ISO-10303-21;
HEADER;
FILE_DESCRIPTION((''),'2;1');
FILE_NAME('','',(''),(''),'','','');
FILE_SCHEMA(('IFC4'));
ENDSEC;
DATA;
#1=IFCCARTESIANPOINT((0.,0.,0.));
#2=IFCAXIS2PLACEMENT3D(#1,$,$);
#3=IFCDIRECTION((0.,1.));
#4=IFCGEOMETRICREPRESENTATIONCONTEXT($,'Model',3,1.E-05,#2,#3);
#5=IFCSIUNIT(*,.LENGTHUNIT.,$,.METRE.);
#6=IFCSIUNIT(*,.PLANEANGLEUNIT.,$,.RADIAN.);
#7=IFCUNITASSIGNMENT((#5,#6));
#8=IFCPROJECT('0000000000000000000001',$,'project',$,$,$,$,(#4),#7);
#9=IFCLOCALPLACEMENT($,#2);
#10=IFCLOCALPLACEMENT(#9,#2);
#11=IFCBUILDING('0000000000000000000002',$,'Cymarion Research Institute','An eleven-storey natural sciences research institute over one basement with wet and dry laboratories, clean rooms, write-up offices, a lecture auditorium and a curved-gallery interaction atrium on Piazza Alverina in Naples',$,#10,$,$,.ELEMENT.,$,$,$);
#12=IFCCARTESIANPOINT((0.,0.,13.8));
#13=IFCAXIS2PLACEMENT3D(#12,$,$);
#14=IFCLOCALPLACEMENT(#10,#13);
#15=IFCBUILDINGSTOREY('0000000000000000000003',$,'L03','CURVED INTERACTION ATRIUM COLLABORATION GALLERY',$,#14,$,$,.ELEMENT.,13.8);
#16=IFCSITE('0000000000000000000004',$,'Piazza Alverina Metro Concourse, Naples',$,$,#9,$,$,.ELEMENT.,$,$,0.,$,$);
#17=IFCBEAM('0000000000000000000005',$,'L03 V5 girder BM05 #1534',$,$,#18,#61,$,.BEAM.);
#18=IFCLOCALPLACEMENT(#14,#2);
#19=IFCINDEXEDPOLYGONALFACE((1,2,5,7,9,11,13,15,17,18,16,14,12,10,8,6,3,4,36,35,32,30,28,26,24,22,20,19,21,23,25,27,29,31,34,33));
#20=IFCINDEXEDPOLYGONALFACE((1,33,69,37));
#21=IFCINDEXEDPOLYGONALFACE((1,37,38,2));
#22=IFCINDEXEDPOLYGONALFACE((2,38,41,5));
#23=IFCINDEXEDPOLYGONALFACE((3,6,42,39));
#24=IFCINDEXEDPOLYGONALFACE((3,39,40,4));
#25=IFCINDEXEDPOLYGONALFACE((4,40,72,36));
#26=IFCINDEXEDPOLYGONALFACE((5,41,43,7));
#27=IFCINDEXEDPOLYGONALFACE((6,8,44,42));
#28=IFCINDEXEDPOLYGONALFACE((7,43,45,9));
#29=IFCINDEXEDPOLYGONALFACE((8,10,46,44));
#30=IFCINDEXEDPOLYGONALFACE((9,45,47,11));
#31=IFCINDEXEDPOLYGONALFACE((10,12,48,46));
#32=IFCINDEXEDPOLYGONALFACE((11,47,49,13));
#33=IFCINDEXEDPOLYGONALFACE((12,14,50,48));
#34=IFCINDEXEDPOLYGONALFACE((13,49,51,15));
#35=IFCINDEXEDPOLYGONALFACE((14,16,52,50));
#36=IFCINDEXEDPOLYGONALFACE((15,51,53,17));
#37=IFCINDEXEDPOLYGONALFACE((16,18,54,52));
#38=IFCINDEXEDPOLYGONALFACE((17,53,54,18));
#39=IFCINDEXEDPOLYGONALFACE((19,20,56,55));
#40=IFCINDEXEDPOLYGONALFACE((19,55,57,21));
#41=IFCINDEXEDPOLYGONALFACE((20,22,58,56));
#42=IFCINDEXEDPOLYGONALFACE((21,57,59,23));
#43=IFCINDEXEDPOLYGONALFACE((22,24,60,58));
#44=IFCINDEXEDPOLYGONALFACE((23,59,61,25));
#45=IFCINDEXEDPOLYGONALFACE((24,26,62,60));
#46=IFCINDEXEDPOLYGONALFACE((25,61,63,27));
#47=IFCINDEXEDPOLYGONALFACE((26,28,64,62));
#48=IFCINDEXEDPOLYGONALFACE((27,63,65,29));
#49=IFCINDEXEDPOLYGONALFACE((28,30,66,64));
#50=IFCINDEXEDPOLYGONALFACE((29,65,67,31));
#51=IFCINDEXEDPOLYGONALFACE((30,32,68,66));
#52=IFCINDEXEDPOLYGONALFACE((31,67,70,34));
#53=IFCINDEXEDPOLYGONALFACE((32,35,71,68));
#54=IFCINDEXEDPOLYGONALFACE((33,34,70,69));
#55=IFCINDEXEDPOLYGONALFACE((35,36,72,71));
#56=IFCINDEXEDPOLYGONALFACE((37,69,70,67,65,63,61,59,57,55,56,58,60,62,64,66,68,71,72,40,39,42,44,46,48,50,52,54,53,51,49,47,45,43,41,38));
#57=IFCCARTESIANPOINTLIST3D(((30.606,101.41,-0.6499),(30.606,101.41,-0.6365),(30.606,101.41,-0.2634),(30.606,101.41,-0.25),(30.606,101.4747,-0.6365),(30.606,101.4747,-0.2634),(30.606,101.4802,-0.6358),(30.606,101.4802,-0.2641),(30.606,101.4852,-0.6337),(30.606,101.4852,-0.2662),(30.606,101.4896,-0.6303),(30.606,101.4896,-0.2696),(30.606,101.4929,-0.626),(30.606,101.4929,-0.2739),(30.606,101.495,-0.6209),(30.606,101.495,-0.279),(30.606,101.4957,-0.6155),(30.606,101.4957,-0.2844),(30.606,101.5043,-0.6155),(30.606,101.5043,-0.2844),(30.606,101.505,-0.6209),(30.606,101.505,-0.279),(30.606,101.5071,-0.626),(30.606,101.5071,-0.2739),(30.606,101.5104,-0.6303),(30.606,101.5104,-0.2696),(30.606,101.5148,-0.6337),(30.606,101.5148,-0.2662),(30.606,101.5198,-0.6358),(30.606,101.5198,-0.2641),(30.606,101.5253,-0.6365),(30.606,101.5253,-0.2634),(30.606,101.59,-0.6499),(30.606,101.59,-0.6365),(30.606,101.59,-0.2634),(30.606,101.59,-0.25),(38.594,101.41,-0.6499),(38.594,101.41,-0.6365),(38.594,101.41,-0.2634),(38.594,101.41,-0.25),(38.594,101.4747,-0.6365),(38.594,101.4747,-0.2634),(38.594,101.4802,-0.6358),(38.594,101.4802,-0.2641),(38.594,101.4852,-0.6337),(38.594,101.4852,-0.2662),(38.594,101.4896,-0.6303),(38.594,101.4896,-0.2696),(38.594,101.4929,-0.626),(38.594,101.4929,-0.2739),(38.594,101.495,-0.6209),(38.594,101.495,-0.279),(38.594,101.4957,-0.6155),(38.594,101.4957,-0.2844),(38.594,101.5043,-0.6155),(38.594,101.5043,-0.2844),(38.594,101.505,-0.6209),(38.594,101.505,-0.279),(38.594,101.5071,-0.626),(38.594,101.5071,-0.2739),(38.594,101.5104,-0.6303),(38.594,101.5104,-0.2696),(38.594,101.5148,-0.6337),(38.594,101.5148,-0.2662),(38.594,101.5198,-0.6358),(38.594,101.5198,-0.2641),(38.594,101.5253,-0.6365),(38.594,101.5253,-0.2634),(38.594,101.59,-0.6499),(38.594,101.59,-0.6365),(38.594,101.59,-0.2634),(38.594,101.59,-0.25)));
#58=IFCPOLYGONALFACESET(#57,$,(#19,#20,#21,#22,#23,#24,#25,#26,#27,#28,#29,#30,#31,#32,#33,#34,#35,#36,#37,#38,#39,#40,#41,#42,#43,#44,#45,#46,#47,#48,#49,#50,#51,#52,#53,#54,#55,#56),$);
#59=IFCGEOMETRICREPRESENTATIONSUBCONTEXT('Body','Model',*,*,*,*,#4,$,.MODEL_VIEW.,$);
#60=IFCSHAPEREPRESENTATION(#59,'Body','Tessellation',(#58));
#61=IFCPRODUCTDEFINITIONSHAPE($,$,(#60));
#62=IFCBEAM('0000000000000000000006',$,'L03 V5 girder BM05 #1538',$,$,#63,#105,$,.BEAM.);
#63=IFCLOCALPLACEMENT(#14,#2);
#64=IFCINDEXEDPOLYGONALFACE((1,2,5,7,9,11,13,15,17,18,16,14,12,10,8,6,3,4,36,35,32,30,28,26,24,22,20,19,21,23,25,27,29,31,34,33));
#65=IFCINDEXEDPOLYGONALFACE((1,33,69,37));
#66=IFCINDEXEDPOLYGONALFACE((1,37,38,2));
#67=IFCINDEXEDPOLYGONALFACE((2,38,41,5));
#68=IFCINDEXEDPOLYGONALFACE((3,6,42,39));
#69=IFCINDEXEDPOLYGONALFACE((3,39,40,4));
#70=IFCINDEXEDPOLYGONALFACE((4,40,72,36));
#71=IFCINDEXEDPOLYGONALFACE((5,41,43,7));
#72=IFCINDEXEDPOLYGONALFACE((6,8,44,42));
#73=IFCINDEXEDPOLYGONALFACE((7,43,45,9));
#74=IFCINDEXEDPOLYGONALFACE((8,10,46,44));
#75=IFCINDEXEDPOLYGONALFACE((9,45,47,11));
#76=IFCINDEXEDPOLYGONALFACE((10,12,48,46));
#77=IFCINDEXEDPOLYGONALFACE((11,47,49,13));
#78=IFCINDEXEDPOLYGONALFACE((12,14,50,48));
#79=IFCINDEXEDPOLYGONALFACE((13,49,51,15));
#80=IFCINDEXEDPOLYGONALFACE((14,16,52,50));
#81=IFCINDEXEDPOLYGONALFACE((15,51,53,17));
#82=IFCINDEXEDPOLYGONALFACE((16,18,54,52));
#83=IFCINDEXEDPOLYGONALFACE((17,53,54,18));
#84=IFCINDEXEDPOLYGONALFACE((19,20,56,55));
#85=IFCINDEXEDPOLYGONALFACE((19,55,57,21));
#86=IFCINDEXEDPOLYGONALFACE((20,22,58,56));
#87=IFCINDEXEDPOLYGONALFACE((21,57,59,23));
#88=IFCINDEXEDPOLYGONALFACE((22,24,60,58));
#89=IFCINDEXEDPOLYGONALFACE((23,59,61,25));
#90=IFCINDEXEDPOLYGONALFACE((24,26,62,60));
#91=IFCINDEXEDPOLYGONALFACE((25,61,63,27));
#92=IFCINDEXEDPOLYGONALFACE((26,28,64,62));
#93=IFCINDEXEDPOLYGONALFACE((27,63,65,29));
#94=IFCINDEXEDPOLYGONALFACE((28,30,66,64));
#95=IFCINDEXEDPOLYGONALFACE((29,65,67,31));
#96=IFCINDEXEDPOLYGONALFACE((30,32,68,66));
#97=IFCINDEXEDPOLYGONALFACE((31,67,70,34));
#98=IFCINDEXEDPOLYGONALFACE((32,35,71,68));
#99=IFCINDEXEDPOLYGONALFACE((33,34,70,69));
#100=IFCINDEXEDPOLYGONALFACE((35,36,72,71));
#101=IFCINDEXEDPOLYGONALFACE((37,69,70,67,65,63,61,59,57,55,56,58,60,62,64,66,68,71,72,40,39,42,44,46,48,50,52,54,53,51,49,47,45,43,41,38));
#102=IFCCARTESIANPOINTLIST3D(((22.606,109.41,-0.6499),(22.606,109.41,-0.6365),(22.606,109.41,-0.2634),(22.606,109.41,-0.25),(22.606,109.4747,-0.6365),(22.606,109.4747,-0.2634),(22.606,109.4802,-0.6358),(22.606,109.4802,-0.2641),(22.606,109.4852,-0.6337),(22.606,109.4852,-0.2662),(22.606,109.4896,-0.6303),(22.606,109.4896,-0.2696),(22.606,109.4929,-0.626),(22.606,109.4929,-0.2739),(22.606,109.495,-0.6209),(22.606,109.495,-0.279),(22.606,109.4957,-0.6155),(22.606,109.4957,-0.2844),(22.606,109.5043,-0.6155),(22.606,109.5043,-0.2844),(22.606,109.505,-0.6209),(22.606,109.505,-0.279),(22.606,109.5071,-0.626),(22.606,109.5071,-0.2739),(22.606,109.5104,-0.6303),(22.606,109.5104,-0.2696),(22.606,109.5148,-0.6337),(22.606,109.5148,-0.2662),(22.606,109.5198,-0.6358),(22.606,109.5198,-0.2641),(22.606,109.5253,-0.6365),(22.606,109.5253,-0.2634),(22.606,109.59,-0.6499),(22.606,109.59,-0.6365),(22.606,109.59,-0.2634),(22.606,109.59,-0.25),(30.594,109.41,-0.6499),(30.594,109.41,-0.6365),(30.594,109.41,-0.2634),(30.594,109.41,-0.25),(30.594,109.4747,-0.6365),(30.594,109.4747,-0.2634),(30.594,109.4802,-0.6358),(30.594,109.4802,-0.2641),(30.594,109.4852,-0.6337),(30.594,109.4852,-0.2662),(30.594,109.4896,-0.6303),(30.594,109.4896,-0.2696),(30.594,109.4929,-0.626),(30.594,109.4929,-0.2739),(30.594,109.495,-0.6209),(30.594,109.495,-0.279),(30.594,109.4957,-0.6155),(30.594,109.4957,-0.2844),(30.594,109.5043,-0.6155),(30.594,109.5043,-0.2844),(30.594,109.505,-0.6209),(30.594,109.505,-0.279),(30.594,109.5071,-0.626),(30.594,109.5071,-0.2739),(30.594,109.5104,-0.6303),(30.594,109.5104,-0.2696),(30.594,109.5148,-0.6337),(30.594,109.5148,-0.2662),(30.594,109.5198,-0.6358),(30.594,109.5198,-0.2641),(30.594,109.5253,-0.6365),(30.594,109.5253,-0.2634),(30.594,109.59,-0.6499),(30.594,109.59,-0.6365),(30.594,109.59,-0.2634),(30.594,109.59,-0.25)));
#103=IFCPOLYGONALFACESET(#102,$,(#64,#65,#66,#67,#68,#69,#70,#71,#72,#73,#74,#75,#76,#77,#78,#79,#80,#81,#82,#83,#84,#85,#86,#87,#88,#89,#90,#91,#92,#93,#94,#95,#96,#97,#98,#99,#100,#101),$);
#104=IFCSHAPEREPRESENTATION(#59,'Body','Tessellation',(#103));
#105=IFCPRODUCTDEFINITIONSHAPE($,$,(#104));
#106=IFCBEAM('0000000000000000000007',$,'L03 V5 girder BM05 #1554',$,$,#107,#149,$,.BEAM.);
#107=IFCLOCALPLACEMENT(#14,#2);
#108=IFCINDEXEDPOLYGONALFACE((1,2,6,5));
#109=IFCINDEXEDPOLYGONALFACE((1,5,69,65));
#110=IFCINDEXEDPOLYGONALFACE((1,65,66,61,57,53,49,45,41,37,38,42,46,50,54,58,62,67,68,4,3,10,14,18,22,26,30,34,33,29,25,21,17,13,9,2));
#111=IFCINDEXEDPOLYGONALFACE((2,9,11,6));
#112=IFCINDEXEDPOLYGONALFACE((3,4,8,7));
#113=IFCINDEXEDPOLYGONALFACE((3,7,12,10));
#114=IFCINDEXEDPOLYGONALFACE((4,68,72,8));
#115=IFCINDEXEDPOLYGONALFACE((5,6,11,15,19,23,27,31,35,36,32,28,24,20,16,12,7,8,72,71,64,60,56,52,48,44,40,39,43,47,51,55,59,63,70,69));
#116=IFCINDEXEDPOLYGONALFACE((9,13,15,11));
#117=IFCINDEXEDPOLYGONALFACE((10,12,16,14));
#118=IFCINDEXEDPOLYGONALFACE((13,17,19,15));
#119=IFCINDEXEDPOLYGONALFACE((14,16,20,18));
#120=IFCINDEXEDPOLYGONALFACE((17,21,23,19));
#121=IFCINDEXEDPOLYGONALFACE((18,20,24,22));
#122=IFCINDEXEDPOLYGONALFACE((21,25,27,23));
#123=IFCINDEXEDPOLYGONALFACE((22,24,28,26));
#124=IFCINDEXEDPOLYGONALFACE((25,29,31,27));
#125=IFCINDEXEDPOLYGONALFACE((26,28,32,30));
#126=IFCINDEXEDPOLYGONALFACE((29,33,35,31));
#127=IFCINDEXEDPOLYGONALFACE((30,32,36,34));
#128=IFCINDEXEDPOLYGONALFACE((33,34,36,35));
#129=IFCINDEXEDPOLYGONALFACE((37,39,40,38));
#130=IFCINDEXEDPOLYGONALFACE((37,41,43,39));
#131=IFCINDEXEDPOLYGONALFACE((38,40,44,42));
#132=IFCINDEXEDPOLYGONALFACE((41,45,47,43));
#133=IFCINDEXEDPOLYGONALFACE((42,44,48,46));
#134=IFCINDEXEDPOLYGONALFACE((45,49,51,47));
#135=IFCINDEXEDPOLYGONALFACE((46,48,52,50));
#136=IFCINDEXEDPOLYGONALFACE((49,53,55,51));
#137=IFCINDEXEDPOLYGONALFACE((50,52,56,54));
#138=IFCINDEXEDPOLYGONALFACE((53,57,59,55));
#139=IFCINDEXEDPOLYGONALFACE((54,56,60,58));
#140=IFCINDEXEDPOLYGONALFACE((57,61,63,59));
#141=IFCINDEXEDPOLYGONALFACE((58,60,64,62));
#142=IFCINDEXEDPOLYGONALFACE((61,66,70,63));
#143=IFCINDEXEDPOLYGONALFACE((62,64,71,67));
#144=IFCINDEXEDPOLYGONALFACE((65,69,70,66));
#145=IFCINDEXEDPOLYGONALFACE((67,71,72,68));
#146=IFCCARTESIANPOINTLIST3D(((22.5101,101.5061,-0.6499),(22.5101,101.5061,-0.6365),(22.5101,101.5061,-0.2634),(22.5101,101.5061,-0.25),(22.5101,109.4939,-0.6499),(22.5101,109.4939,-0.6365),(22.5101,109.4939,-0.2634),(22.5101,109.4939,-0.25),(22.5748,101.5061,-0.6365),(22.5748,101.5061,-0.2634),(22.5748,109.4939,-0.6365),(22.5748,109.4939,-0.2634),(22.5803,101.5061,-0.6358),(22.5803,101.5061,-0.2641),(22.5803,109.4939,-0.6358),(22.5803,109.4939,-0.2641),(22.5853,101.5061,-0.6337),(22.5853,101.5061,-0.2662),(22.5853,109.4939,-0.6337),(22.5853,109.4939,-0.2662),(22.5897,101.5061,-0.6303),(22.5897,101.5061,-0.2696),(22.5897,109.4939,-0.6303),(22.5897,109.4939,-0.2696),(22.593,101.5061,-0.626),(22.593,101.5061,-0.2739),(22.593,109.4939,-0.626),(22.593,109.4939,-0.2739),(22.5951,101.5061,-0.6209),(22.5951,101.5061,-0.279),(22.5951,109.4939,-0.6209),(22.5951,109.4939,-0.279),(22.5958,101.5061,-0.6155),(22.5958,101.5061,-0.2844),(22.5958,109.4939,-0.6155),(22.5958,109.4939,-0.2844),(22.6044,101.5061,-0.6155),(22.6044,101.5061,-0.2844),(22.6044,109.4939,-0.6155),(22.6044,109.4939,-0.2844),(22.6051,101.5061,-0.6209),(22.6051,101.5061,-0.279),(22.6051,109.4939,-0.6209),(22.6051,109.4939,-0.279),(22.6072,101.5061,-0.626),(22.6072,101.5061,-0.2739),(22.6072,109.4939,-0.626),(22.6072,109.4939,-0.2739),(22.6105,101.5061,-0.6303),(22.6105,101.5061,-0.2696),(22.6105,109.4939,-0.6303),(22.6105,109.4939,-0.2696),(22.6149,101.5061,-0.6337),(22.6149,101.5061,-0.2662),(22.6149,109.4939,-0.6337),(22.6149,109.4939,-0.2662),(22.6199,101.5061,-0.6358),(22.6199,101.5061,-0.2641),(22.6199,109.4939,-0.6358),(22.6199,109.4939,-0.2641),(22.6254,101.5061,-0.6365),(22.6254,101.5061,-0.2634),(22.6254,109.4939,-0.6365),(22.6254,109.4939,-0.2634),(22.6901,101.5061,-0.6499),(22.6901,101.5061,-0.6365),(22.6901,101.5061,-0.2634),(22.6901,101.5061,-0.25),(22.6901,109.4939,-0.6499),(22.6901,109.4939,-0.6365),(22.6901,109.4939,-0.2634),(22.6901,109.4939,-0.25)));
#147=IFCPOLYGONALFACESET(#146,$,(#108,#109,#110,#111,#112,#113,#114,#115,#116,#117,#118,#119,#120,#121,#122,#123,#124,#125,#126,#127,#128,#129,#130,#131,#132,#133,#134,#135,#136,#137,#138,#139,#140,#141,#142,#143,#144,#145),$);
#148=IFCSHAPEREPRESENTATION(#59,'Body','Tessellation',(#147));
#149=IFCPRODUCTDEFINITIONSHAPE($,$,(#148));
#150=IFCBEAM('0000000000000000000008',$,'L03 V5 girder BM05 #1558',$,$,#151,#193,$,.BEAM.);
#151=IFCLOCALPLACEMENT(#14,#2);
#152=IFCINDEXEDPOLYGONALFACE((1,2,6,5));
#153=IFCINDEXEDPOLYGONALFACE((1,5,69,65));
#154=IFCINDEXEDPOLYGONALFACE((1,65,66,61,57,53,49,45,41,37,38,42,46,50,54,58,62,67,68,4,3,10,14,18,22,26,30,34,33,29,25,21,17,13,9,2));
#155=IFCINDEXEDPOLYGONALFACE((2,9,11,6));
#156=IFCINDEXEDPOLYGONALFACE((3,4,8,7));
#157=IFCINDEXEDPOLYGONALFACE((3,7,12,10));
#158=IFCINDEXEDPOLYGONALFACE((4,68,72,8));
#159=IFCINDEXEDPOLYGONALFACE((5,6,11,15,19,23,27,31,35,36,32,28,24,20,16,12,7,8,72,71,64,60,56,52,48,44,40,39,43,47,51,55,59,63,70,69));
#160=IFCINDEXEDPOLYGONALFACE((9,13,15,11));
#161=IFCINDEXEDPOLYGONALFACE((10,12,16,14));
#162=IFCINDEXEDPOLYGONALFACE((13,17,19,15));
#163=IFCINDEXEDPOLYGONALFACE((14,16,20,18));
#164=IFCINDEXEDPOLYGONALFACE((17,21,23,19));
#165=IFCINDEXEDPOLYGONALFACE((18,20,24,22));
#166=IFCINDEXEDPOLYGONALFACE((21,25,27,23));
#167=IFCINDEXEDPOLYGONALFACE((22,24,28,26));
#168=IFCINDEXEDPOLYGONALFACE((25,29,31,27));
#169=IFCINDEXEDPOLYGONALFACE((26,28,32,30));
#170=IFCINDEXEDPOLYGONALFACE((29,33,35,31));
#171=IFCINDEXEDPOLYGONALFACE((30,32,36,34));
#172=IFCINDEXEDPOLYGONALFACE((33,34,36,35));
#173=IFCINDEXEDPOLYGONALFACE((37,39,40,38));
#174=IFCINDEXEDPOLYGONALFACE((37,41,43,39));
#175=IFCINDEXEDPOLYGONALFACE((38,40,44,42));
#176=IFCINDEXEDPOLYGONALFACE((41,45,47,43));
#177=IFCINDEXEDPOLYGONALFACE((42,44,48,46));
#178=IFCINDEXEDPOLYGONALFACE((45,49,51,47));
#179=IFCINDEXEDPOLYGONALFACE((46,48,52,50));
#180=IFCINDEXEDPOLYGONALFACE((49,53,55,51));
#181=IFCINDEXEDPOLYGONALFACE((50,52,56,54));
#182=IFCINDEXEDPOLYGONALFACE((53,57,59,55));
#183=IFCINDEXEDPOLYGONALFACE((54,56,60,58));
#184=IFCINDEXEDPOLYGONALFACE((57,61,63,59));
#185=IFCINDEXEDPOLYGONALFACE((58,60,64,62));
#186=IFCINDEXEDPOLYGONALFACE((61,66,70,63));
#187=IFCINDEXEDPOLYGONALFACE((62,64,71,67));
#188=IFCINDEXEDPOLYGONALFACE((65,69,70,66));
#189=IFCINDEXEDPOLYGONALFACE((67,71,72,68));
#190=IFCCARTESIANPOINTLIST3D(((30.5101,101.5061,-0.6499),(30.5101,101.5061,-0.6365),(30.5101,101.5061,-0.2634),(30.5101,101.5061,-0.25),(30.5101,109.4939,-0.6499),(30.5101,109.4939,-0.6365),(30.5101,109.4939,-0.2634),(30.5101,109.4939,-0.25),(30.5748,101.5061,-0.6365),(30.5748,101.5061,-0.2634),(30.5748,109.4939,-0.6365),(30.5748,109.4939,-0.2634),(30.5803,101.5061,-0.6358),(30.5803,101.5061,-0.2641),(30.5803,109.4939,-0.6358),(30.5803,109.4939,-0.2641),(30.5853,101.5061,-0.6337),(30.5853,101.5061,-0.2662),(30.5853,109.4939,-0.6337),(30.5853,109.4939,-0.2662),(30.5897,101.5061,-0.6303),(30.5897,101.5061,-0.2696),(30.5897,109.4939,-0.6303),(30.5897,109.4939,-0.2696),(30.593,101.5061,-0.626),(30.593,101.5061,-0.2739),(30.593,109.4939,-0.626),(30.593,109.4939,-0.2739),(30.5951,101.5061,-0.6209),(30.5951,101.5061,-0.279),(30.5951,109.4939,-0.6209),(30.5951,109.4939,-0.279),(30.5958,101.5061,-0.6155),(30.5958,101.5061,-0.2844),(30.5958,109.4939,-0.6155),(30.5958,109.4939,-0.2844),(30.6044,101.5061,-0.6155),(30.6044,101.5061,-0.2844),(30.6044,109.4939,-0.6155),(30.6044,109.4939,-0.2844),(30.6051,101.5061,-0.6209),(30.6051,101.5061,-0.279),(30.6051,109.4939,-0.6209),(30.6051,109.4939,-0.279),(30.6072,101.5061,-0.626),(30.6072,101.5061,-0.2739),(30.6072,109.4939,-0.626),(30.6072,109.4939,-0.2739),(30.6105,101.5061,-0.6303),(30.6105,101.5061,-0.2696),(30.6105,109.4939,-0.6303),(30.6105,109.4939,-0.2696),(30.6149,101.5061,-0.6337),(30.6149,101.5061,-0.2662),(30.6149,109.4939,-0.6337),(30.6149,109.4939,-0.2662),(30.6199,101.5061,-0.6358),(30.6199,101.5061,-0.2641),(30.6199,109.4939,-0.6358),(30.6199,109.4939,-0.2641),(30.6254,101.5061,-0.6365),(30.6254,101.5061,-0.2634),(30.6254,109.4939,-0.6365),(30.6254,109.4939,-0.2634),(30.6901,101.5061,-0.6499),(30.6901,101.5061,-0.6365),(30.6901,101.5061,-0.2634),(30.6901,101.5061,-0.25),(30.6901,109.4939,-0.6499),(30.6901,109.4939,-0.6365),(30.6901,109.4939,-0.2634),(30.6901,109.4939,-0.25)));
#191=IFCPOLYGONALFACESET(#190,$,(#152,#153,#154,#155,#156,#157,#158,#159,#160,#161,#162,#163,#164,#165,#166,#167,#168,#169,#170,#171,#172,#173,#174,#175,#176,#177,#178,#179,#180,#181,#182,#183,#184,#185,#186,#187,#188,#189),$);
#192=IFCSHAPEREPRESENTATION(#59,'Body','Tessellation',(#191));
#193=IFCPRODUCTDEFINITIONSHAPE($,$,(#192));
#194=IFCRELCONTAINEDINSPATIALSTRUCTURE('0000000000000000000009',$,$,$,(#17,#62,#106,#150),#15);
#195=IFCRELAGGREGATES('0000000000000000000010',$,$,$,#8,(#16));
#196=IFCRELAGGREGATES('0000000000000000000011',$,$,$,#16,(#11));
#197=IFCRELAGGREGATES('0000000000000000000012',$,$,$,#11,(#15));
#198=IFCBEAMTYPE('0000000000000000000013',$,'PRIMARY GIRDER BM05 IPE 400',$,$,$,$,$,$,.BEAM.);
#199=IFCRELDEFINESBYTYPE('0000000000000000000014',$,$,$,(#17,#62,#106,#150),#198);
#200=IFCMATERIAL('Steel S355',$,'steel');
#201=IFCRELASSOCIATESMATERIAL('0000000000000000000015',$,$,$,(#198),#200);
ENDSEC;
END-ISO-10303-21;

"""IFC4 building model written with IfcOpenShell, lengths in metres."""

from ifc_helpers import new_model, si_unit, direction, frame, origin, origin_2d, place, context, subcontext, project, spatial, i_section, extrude, material, material_profile, profile_set, type_object, element, save


model = new_model("IFC4")

# Units and contexts
model_context = context("Model", 3, precision=1e-05, world=origin(), true_north=direction((0.0, 1.0)))
body_context = subcontext(model_context, "Body", "Model", "MODEL_VIEW")
ifc_project = project(units=[si_unit("LENGTHUNIT", "METRE"), si_unit("PLANEANGLEUNIT", "RADIAN")], contexts=[model_context])

# Site, building, storey
site_placement = place(None, origin())
site = spatial("IfcSite", under=ifc_project, at=site_placement, Name="Piazza Alverina Metro Concourse, Naples", CompositionType="ELEMENT", RefElevation=0.0)
building_placement = place(site_placement, origin())
building = spatial("IfcBuilding", under=site, at=building_placement, Name="Cymarion Research Institute", Description="An eleven-storey natural sciences research institute over one basement with wet and dry laboratories, clean rooms, write-up offices, a lecture auditorium and a curved-gallery interaction atrium on Piazza Alverina in Naples", CompositionType="ELEMENT")
storey_placement = place(building_placement, frame((0.0, 0.0, 13.8)))
storey = spatial("IfcBuildingStorey", under=building, at=storey_placement, Name="L03", Description="CURVED INTERACTION ATRIUM COLLABORATION GALLERY", CompositionType="ELEMENT", Elevation=13.8)

# Shared definitions
ifc_material_1 = material(Name="Steel S355", Category="steel")

# Beams
ifc_material_profile_1 = material_profile(ifc_material_1, i_section(OverallWidth=0.1799, OverallDepth=0.3999, WebThickness=0.0085, FlangeThickness=0.0134, FilletRadius=0.021, at=origin_2d()), Name="IPE 400")
ifc_profile_set_1 = profile_set([ifc_material_profile_1], Name="Steel S355")
beam_type_1 = type_object("IfcBeamType", Name="PRIMARY GIRDER BM05 IPE 400", PredefinedType="BEAM", material=ifc_profile_set_1)
for number, where, z_axis, x_axis, name in (
    (1, (30.606, 101.5, -0.45), (1.0, 0.0, 0.0), (0.0, 1.0, 0.0), "L03 V5 girder BM05 #1534"),
    (2, (22.606, 109.5, -0.45), (1.0, 0.0, 0.0), (0.0, 1.0, 0.0), "L03 V5 girder BM05 #1538"),
):
    element("IfcBeam", number, at=place(storey_placement, frame(where, z_axis=z_axis, x_axis=x_axis)), inside=storey, type_object=beam_type_1, Name=name, PredefinedType="BEAM", context=body_context, shape_type="SweptSolid", body=[
        extrude(i_section(OverallWidth=0.1799, OverallDepth=0.3999, WebThickness=0.0085, FlangeThickness=0.0134, FilletRadius=0.021, at=origin_2d()), origin(), (0.0, 0.0, 1.0), 7.988),
    ])
for number, where, z_axis, x_axis, name in (
    (3, (22.6001, 101.5061, -0.45), (0.0, 1.0, 0.0), (-1.0, 0.0, 0.0), "L03 V5 girder BM05 #1554"),
    (4, (30.6001, 101.5061, -0.45), (0.0, 1.0, 0.0), (-1.0, 0.0, 0.0), "L03 V5 girder BM05 #1558"),
):
    element("IfcBeam", number, at=place(storey_placement, frame(where, z_axis=z_axis, x_axis=x_axis)), inside=storey, type_object=beam_type_1, Name=name, PredefinedType="BEAM", context=body_context, shape_type="SweptSolid", body=[
        extrude(i_section(OverallWidth=0.1799, OverallDepth=0.3999, WebThickness=0.0085, FlangeThickness=0.0134, FilletRadius=0.021, at=origin_2d()), origin(), (0.0, 0.0, 1.0), 7.9878),
    ])

save(model, "model.ifc")
